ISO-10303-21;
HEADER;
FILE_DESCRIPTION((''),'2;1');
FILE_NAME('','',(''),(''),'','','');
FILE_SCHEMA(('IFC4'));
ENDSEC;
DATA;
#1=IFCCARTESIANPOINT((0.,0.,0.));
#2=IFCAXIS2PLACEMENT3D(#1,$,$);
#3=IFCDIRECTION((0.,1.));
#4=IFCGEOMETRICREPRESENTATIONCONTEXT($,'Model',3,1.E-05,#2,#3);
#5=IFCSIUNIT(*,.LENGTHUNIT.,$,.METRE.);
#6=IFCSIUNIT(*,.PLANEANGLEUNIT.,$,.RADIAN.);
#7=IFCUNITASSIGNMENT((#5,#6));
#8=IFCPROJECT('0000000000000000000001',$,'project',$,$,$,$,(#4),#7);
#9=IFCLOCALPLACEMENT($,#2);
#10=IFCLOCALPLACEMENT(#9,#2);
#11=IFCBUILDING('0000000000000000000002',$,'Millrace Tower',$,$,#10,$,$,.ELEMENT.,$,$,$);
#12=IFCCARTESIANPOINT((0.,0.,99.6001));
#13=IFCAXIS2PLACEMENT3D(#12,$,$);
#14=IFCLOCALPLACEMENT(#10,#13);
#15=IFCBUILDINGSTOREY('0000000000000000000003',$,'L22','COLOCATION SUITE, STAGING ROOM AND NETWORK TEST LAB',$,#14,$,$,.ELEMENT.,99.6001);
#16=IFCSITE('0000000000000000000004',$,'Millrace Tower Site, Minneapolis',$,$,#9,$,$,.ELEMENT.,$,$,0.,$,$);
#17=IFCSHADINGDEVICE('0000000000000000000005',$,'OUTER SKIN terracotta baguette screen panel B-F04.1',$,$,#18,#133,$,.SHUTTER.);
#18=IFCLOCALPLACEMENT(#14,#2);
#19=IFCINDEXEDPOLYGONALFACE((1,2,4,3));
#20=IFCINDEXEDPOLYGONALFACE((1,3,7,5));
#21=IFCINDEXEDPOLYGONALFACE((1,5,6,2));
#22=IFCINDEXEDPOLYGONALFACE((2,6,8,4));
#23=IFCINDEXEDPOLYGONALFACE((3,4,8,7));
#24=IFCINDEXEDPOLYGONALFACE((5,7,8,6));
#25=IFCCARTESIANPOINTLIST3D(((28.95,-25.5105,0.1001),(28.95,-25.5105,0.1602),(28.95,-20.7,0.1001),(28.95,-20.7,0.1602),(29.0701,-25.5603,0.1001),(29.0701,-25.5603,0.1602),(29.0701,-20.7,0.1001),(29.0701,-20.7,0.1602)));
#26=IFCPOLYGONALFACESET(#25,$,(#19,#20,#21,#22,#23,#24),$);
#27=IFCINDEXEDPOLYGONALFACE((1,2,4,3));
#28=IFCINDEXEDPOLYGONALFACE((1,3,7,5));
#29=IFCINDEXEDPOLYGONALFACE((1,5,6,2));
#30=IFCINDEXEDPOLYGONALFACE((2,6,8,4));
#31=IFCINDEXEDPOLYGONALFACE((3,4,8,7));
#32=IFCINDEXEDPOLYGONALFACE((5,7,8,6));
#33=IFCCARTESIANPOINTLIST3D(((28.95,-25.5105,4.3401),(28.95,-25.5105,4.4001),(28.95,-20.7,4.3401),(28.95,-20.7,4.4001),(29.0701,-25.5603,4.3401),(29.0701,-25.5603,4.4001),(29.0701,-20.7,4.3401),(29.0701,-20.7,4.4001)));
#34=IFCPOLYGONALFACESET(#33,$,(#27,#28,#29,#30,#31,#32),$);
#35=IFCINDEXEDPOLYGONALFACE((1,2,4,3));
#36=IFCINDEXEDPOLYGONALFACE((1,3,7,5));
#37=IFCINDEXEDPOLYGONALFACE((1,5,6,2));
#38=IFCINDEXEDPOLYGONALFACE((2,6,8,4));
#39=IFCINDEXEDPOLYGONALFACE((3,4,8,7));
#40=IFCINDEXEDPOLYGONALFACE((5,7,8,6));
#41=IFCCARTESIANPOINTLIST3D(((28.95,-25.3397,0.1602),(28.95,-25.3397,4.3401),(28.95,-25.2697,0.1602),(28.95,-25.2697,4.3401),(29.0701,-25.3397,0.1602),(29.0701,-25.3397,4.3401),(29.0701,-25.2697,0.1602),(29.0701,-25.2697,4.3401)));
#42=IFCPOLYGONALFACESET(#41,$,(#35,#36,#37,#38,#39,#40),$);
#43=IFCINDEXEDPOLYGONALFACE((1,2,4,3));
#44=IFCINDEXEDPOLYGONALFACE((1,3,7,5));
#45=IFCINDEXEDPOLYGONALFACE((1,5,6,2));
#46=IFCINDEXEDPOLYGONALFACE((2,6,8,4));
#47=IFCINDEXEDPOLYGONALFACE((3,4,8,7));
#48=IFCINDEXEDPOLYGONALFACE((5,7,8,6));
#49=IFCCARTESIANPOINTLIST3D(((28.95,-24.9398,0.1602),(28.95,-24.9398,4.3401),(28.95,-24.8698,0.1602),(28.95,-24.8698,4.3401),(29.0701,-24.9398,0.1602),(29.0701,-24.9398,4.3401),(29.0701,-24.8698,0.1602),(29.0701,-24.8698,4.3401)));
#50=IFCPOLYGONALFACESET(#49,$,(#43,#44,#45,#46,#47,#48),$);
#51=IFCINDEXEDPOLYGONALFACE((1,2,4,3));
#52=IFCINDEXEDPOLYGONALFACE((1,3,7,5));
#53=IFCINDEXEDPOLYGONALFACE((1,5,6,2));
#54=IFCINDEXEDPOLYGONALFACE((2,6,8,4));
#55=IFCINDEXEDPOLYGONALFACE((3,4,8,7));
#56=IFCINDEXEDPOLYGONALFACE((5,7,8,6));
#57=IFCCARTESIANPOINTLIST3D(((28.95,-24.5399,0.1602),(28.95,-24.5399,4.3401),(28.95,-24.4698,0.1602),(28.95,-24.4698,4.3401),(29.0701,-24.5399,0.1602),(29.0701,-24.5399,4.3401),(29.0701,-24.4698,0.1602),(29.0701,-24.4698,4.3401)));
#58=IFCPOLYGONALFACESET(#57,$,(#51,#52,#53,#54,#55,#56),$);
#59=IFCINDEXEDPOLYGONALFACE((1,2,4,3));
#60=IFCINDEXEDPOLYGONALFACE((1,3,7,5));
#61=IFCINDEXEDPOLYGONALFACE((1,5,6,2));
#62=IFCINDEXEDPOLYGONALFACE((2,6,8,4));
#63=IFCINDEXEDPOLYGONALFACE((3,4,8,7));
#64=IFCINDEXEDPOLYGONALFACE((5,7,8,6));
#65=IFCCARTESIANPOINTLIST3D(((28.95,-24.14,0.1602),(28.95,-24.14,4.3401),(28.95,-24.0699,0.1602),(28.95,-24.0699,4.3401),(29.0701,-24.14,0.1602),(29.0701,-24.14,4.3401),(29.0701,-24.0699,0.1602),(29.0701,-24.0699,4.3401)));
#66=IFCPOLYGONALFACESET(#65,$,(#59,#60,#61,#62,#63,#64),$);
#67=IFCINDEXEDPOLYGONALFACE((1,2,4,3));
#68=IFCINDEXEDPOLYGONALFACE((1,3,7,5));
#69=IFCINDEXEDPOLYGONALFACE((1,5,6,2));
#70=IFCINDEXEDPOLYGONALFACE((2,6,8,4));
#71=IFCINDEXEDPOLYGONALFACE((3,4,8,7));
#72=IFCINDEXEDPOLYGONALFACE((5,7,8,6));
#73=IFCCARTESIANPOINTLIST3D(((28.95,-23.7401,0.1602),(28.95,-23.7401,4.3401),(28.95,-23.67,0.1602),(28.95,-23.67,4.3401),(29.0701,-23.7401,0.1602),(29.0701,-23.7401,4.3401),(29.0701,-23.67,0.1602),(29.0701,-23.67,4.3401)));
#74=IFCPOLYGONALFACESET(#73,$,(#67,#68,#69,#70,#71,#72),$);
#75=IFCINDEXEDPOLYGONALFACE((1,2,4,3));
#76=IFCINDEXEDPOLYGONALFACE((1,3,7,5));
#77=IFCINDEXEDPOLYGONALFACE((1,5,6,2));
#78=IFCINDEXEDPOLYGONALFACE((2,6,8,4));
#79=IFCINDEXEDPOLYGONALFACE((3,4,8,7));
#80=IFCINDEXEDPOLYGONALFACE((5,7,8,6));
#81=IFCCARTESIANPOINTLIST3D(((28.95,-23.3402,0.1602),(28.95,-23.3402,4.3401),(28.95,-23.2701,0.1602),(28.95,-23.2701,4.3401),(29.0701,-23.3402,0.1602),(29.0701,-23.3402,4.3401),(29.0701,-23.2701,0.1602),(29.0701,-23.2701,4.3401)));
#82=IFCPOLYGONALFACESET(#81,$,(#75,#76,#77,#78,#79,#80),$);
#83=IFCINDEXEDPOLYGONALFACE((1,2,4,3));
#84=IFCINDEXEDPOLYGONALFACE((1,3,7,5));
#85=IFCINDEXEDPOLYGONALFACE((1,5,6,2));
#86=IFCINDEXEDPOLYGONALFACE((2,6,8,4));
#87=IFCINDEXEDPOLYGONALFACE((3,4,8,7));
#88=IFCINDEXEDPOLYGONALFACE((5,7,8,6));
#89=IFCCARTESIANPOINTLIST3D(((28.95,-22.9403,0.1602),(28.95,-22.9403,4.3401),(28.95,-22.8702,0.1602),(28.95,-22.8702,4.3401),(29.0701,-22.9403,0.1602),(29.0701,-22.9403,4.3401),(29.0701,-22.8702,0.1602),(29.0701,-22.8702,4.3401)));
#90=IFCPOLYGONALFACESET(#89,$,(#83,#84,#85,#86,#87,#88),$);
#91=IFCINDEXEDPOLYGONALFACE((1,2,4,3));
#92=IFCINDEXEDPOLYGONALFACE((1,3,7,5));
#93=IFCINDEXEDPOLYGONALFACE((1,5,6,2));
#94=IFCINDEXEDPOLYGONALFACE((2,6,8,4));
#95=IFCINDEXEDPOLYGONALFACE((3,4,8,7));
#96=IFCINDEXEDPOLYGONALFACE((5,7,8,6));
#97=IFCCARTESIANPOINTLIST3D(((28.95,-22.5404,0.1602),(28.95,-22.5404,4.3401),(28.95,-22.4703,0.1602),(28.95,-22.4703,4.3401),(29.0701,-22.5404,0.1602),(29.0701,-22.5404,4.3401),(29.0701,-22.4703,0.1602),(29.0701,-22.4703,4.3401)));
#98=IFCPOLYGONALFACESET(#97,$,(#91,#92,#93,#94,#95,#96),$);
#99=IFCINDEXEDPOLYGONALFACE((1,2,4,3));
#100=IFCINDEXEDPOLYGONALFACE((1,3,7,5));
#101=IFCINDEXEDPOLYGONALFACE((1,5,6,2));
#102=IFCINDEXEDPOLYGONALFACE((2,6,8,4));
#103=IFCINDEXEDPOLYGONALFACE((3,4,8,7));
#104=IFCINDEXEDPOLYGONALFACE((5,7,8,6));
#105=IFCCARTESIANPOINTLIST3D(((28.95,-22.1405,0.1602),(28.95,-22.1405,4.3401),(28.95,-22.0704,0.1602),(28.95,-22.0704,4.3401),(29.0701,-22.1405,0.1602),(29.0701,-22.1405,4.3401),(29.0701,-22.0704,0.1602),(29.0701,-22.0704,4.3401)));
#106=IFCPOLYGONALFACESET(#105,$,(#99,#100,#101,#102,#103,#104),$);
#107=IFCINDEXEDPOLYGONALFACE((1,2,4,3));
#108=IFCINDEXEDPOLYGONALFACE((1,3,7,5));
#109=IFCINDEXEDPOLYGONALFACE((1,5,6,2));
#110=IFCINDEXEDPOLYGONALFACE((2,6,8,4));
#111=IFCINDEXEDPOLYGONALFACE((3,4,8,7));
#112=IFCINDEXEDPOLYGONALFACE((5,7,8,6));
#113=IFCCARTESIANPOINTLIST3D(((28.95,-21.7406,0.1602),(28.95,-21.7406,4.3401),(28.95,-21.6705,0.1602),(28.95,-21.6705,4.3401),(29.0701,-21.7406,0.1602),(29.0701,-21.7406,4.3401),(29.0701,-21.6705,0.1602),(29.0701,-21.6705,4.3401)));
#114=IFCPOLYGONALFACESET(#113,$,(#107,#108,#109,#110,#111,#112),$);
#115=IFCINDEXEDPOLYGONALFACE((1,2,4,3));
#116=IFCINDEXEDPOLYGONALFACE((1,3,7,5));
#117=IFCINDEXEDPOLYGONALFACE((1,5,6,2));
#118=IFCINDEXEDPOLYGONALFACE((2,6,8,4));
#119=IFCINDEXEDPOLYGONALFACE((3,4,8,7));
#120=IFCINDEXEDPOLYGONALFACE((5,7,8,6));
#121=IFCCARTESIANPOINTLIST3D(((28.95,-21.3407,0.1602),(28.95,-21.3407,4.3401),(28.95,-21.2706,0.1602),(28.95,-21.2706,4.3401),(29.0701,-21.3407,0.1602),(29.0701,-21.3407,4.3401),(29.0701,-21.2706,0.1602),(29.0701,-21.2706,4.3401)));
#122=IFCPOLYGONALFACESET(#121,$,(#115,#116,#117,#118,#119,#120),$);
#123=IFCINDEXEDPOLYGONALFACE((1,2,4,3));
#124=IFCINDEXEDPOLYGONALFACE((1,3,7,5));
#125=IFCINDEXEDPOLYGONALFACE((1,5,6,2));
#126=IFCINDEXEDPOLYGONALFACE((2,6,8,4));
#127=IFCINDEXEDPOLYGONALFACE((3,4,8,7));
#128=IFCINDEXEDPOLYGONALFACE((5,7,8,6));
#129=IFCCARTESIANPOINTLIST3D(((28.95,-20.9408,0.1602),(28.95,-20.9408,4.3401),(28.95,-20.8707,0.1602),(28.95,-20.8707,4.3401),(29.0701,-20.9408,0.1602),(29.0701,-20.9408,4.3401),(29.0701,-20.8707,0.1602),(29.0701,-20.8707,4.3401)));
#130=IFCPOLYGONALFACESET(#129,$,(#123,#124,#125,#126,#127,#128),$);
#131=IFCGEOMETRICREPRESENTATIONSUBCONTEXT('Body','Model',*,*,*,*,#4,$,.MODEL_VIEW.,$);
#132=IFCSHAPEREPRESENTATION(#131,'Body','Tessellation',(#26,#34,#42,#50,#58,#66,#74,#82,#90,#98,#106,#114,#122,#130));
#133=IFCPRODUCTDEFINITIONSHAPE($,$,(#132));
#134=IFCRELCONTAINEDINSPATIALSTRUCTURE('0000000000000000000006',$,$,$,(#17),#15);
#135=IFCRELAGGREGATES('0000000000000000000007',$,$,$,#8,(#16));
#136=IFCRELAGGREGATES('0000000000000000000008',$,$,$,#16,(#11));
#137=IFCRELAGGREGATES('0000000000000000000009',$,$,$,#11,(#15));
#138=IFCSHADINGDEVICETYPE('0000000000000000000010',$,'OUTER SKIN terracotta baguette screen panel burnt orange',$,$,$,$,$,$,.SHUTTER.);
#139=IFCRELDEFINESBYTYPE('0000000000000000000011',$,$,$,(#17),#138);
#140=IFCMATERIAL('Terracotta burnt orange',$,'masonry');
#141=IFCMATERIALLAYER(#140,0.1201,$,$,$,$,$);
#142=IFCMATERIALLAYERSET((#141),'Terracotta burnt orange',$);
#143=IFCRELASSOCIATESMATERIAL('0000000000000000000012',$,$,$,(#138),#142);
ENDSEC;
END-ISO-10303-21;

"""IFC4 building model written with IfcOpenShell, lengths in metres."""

from ifc_helpers import new_model, entity, si_unit, direction, frame, frame_2d, origin, place, context, subcontext, project, spatial, rectangle, extrude, source, transform, mapped, material, layer, layer_set, type_object, element, save


model = new_model("IFC4")

# Units and contexts
model_context = context("Model", 3, precision=1e-05, world=origin(), true_north=direction((0.0, 1.0)))
body_context = subcontext(model_context, "Body", "Model", "MODEL_VIEW")
ifc_project = project(units=[si_unit("LENGTHUNIT", "METRE"), si_unit("PLANEANGLEUNIT", "RADIAN")], contexts=[model_context])

# Site, building, storey
site_placement = place(None, origin())
site = spatial("IfcSite", under=ifc_project, at=site_placement, Name="Millrace Tower Site, Minneapolis", CompositionType="ELEMENT", RefElevation=0.0)
building_placement = place(site_placement, origin())
building = spatial("IfcBuilding", under=site, at=building_placement, Name="Millrace Tower", CompositionType="ELEMENT")
storey_placement = place(building_placement, frame((0.0, 0.0, 99.6001)))
storey = spatial("IfcBuildingStorey", under=building, at=storey_placement, Name="L22", Description="COLOCATION SUITE, STAGING ROOM AND NETWORK TEST LAB", CompositionType="ELEMENT", Elevation=99.6001)

# Shading device
ifc_material_1 = material(Name="Terracotta burnt orange", Category="masonry")
ifc_layer_1 = layer(ifc_material_1, 0.1201)
ifc_layer_set_1 = layer_set([ifc_layer_1], Name="Terracotta burnt orange")
shading_device_type = type_object("IfcShadingDeviceType", Name="OUTER SKIN terracotta baguette screen panel burnt orange", PredefinedType="SHUTTER", material=ifc_layer_set_1)
cartesian_point_1 = entity("IfcCartesianPoint", [-2.3928, 0.0601])
shared_polyline_1 = entity("IfcPolyline", [cartesian_point_1, entity("IfcCartesianPoint", [2.4177, 0.0601]), entity("IfcCartesianPoint", [2.4177, -0.0601]), entity("IfcCartesianPoint", [-2.4426, -0.0601]), cartesian_point_1])
shared_shape_1 = source(origin(), body_context, "Body", "SweptSolid", [
    entity("IfcExtrudedAreaSolid", entity("IfcArbitraryClosedProfileDef", "AREA", None, shared_polyline_1), entity("IfcAxis2Placement3D", entity("IfcCartesianPoint", [0.0, 0.0, 0.0])), entity("IfcDirection", [0.0, 0.0, 1.0]), 0.0601),
    entity("IfcExtrudedAreaSolid", entity("IfcArbitraryClosedProfileDef", "AREA", None, shared_polyline_1), entity("IfcAxis2Placement3D", entity("IfcCartesianPoint", [0.0, 0.0, 4.24])), entity("IfcDirection", [0.0, 0.0, 1.0]), 0.0601),
    extrude(rectangle(XDim=0.0701, YDim=0.1201, at=frame_2d((-2.187, 0.0))), frame((0.0, 0.0, 0.0601)), (0.0, 0.0, 1.0), 4.1799),
    extrude(rectangle(XDim=0.0701, YDim=0.1201, at=frame_2d((-1.7871, 0.0))), frame((0.0, 0.0, 0.0601)), (0.0, 0.0, 1.0), 4.1799),
    extrude(rectangle(XDim=0.0701, YDim=0.1201, at=frame_2d((-1.3872, 0.0))), frame((0.0, 0.0, 0.0601)), (0.0, 0.0, 1.0), 4.1799),
    extrude(rectangle(XDim=0.0701, YDim=0.1201, at=frame_2d((-0.9873, 0.0))), frame((0.0, 0.0, 0.0601)), (0.0, 0.0, 1.0), 4.1799),
    extrude(rectangle(XDim=0.0701, YDim=0.1201, at=frame_2d((-0.5874, 0.0))), frame((0.0, 0.0, 0.0601)), (0.0, 0.0, 1.0), 4.1799),
    extrude(rectangle(XDim=0.0701, YDim=0.1201, at=frame_2d((-0.1875, 0.0))), frame((0.0, 0.0, 0.0601)), (0.0, 0.0, 1.0), 4.1799),
    extrude(rectangle(XDim=0.0701, YDim=0.1201, at=frame_2d((0.2124, 0.0))), frame((0.0, 0.0, 0.0601)), (0.0, 0.0, 1.0), 4.1799),
    extrude(rectangle(XDim=0.0701, YDim=0.1201, at=frame_2d((0.6123, 0.0))), frame((0.0, 0.0, 0.0601)), (0.0, 0.0, 1.0), 4.1799),
    extrude(rectangle(XDim=0.0701, YDim=0.1201, at=frame_2d((1.0122, 0.0))), frame((0.0, 0.0, 0.0601)), (0.0, 0.0, 1.0), 4.1799),
    extrude(rectangle(XDim=0.0701, YDim=0.1201, at=frame_2d((1.4121, 0.0))), frame((0.0, 0.0, 0.0601)), (0.0, 0.0, 1.0), 4.1799),
    extrude(rectangle(XDim=0.0701, YDim=0.1201, at=frame_2d((1.812, 0.0))), frame((0.0, 0.0, 0.0601)), (0.0, 0.0, 1.0), 4.1799),
    extrude(rectangle(XDim=0.0701, YDim=0.1201, at=frame_2d((2.2119, 0.0))), frame((0.0, 0.0, 0.0601)), (0.0, 0.0, 1.0), 4.1799),
])
shading_device_1_placement = place(storey_placement, frame((29.01, -23.1177, 0.1001), z_axis=(0.0, 0.0, 1.0), x_axis=(0.0, 1.0, 0.0)))
element("IfcShadingDevice", 1, at=shading_device_1_placement, inside=storey, type_object=shading_device_type, Name="OUTER SKIN terracotta baguette screen panel B-F04.1", PredefinedType="SHUTTER", context=body_context, shape_type="MappedRepresentation", body=[
    mapped(shared_shape_1, transform((0.0, 0.0, 0.0), scale=1.0)),
])

save(model, "model.ifc")
